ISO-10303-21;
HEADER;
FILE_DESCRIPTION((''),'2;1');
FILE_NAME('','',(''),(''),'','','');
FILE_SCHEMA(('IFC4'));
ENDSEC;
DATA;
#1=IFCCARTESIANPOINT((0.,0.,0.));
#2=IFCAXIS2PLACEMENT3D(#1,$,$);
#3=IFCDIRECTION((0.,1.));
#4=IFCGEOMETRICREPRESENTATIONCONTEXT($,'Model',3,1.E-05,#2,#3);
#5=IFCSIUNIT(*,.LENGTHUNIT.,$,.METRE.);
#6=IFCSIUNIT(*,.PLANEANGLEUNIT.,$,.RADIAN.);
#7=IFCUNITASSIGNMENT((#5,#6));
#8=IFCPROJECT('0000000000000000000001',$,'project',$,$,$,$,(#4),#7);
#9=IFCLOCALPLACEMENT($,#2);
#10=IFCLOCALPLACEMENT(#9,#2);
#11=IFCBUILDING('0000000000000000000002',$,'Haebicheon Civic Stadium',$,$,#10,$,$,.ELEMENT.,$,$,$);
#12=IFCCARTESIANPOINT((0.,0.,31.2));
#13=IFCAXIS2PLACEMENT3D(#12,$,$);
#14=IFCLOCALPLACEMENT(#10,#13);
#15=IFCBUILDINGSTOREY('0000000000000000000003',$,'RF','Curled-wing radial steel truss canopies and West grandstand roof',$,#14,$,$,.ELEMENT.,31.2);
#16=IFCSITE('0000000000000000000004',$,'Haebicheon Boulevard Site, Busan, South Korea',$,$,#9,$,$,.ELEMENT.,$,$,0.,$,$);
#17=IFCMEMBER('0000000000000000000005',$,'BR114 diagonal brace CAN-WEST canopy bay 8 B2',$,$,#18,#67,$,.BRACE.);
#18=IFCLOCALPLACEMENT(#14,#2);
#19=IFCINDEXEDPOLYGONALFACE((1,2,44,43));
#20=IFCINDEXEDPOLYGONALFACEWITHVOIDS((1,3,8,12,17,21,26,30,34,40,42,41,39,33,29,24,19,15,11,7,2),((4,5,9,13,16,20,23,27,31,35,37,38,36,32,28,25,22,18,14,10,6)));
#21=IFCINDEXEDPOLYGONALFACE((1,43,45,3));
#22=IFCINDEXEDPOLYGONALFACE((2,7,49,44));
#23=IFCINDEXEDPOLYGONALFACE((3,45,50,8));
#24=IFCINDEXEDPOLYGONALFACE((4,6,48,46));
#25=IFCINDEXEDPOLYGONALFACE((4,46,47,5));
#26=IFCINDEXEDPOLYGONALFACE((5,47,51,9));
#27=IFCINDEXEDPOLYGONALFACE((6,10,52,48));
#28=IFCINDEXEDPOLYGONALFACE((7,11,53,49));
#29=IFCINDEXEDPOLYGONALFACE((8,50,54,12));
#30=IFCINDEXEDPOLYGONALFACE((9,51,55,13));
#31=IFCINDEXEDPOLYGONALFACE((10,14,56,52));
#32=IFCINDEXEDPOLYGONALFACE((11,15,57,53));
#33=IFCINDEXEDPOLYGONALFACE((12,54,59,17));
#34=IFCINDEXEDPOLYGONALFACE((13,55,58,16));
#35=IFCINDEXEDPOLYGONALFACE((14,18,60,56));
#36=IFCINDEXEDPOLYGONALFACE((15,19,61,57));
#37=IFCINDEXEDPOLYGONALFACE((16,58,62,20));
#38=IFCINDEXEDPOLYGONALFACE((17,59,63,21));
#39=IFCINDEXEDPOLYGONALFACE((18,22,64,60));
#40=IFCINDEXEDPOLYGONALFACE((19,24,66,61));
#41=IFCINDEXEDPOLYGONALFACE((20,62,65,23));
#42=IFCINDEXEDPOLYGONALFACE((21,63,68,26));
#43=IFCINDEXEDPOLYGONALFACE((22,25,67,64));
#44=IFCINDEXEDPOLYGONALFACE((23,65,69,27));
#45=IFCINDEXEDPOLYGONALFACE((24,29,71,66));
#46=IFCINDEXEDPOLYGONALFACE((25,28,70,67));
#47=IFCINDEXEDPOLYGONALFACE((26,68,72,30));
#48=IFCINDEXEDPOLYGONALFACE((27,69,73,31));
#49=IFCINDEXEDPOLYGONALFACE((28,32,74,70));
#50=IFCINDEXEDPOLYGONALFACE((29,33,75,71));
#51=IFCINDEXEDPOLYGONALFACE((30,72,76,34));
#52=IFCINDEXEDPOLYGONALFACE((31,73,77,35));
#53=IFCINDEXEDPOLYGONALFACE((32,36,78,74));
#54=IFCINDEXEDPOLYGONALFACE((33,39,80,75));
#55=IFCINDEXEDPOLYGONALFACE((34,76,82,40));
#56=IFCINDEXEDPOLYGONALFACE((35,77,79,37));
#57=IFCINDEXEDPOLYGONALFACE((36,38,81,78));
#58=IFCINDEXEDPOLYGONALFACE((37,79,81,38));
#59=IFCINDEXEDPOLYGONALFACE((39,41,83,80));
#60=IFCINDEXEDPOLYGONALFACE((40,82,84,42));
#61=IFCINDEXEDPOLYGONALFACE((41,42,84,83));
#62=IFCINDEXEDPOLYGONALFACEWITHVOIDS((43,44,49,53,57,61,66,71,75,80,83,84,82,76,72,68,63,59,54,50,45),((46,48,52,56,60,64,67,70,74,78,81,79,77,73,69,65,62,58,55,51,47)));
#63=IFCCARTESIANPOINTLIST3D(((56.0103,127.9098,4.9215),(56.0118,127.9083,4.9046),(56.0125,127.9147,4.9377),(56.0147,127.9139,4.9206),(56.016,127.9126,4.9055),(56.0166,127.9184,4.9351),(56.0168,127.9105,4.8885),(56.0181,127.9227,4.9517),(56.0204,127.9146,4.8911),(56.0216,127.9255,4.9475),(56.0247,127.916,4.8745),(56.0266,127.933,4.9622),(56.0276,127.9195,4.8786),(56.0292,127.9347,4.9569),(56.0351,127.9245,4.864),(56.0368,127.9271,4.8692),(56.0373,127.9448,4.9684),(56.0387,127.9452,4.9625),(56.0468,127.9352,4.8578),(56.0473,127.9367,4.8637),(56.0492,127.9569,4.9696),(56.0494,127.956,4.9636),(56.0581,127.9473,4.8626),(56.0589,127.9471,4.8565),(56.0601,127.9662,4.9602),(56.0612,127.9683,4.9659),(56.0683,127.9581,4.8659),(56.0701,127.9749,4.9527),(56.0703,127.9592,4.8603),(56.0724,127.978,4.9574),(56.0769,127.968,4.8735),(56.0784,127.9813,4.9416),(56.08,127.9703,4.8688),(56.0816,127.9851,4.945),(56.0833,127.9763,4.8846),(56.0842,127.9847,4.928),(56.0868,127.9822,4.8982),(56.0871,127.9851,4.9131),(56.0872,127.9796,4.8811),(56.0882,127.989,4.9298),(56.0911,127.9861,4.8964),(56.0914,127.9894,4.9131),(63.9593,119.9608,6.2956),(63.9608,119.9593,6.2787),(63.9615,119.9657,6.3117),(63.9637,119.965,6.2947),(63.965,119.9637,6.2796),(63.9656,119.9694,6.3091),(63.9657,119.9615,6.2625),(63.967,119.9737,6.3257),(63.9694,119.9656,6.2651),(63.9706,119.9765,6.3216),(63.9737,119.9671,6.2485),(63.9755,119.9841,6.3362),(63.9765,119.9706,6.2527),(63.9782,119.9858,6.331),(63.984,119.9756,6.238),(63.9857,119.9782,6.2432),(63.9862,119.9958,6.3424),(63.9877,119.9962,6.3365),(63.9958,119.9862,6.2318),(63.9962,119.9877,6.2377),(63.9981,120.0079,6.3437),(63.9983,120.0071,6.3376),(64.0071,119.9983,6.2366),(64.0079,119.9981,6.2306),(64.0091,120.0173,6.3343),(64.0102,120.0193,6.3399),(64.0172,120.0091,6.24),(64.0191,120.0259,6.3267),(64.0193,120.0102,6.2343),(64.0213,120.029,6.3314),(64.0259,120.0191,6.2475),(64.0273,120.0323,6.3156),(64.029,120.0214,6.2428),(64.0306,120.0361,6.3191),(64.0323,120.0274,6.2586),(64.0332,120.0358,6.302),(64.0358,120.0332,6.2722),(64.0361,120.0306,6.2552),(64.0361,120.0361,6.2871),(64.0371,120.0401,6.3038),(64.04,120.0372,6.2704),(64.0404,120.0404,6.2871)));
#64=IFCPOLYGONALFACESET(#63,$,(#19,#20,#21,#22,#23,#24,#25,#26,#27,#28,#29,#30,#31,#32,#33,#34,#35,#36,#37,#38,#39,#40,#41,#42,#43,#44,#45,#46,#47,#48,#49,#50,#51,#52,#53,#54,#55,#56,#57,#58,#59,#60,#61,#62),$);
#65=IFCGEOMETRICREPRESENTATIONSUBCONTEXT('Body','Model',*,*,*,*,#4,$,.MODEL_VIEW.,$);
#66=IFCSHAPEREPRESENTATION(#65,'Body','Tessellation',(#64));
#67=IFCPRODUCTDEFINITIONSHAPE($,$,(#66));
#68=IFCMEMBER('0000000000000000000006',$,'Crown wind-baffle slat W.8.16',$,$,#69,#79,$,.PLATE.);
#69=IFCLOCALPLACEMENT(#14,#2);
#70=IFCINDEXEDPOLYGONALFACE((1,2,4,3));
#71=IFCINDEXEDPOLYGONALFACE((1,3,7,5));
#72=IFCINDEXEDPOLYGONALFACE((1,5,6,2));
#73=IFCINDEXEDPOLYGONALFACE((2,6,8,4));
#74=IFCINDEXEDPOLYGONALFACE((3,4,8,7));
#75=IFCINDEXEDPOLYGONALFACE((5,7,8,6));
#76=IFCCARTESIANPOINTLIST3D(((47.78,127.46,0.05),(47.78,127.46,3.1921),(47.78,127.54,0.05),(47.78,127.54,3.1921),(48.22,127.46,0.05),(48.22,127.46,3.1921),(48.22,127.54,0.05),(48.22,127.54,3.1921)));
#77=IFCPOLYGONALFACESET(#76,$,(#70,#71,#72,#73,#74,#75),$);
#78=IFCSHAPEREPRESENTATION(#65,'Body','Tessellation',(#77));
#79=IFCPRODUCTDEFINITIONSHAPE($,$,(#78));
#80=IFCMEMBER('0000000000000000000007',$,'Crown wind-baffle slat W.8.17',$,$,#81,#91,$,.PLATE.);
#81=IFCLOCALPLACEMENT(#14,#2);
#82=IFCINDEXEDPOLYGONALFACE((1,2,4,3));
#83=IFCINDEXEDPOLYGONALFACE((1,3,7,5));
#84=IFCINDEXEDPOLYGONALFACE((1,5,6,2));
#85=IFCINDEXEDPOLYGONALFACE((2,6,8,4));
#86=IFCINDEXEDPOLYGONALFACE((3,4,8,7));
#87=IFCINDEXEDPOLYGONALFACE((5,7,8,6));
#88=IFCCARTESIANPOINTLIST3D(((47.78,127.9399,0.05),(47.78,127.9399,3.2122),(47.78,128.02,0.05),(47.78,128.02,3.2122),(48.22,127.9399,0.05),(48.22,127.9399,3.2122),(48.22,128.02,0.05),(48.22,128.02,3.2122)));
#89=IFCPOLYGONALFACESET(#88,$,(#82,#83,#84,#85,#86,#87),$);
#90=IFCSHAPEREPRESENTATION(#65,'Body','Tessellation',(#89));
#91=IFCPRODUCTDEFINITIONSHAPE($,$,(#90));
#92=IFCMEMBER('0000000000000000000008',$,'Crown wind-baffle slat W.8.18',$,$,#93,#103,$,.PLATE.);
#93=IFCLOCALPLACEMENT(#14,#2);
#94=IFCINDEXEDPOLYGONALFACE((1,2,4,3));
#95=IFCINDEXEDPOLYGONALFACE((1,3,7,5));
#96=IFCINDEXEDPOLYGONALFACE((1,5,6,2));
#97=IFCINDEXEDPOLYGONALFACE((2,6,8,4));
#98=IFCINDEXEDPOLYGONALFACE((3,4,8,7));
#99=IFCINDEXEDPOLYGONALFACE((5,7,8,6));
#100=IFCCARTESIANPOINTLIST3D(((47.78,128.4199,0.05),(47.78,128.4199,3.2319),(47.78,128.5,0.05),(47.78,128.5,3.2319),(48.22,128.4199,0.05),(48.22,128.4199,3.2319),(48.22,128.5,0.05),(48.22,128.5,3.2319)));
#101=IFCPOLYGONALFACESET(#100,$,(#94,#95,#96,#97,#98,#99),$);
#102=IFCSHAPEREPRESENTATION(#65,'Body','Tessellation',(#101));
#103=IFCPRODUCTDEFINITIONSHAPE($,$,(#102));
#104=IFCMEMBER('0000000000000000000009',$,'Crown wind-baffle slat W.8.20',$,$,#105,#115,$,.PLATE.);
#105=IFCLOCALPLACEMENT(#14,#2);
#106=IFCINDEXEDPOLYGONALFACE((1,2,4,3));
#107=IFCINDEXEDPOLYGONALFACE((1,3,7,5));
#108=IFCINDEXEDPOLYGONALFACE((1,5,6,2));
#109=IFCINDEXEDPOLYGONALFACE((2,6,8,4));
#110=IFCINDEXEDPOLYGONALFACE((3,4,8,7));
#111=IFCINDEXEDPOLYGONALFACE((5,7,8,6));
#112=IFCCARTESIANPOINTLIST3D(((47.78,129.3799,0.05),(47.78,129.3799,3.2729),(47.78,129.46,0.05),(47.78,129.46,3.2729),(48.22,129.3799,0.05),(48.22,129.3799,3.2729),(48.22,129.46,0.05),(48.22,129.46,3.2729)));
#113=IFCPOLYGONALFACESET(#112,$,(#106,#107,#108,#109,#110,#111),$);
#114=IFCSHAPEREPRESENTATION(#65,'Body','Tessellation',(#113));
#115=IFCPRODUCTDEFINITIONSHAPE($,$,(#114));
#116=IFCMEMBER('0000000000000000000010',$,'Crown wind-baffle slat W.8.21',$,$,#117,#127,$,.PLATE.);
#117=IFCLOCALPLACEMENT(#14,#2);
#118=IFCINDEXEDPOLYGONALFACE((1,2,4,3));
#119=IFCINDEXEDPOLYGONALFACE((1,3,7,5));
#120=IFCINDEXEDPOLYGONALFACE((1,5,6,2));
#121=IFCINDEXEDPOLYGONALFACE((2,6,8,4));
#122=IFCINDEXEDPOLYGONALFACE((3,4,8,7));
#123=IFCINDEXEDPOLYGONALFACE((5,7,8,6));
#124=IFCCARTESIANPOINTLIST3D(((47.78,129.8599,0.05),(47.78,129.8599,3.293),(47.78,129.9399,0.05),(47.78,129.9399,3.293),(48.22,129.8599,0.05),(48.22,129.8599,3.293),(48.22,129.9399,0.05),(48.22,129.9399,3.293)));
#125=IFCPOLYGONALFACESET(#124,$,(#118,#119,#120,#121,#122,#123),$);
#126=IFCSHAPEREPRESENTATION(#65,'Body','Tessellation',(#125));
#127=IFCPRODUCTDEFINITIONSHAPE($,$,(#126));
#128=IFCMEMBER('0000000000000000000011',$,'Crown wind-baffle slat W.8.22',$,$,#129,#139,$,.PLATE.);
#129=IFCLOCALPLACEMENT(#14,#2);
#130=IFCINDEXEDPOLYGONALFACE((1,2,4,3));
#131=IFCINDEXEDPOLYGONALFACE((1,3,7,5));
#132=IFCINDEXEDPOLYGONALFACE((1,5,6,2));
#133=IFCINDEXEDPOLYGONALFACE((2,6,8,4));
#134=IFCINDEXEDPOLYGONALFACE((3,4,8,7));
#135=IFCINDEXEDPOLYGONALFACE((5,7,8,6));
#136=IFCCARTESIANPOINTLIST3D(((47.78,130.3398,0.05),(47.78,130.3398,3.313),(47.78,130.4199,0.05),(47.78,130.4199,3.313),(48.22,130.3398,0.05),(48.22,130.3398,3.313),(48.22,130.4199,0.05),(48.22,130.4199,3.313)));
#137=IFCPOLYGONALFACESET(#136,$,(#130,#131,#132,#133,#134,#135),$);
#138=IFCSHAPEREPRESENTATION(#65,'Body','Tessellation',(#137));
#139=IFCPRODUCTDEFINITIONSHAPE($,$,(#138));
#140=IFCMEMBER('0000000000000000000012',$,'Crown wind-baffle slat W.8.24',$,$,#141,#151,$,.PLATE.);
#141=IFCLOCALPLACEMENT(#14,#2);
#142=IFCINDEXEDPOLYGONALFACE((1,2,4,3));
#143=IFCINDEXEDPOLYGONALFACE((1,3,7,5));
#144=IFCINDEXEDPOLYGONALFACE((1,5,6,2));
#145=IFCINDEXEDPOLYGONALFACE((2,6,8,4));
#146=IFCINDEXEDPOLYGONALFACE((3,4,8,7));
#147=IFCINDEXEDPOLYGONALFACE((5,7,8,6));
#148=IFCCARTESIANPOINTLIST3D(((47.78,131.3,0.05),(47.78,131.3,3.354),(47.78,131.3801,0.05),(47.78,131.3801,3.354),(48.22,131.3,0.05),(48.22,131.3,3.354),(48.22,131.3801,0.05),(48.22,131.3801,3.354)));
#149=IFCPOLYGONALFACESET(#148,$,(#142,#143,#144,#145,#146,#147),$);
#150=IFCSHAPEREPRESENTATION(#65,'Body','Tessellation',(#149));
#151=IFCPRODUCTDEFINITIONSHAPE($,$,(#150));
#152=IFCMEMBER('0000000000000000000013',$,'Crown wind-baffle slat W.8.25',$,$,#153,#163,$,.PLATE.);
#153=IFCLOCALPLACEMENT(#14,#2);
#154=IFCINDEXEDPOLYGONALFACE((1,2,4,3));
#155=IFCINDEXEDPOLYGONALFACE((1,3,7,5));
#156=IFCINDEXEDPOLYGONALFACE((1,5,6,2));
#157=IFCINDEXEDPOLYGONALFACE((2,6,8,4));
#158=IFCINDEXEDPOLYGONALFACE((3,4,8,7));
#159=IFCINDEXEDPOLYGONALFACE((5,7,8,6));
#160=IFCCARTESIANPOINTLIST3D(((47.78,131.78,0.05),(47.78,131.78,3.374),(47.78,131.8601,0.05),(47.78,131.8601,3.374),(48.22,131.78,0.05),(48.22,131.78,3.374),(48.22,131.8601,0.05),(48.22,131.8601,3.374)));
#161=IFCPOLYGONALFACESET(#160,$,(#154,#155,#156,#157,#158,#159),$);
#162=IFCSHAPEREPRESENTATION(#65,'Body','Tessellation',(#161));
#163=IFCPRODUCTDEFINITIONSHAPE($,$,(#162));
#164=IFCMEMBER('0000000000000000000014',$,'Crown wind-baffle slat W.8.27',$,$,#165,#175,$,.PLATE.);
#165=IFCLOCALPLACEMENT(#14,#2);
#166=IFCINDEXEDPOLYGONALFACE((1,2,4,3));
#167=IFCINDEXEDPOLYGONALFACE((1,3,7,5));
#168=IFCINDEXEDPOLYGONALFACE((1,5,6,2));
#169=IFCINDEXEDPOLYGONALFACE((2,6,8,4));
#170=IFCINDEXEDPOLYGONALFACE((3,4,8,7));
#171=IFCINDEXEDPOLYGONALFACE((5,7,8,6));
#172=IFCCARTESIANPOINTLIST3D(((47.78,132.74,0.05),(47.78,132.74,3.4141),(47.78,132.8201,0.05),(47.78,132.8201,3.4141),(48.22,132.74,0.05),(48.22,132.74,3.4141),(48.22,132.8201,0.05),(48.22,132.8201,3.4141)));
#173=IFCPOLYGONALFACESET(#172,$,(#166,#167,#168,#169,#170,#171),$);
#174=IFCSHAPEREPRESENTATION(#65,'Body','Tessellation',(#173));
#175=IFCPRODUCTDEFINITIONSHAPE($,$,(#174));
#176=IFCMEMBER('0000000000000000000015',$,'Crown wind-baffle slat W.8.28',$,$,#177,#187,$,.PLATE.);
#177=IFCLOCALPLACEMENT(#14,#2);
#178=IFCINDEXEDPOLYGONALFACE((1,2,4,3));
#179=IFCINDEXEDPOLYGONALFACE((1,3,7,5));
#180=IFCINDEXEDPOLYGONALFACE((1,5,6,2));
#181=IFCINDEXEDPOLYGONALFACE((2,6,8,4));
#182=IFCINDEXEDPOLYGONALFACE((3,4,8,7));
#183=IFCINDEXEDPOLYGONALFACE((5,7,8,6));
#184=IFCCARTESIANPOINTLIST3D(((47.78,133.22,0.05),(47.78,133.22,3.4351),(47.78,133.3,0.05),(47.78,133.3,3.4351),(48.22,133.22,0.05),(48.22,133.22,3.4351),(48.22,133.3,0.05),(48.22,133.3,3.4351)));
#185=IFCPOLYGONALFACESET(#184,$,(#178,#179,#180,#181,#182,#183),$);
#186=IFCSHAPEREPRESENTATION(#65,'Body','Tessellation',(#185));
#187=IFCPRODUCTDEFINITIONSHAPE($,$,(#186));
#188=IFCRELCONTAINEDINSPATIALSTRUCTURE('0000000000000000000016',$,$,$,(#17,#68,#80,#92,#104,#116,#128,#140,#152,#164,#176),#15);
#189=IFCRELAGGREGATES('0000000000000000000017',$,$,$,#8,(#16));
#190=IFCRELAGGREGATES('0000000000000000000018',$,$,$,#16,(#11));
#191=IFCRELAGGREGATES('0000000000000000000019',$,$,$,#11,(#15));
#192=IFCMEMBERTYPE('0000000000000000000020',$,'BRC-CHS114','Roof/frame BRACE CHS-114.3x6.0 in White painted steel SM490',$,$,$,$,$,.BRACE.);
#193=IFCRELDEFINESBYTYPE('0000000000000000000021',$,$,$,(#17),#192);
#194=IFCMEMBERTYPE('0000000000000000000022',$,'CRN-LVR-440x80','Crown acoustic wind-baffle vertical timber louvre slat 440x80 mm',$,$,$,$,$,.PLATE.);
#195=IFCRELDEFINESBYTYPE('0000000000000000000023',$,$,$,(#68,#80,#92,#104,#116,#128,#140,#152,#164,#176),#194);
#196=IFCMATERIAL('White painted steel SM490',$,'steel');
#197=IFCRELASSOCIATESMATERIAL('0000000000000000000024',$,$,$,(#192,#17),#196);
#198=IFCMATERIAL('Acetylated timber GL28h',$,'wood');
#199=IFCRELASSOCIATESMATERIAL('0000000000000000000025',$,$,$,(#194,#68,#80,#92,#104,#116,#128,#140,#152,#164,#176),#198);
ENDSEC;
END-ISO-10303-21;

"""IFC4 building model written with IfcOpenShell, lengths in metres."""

from ifc_helpers import new_model, si_unit, direction, frame, origin, origin_2d, place, context, subcontext, project, spatial, rectangle, hollow_circle, extrude, material, material_profile, profile_set, type_object, element, save


model = new_model("IFC4")

# Units and contexts
model_context = context("Model", 3, precision=1e-05, world=origin(), true_north=direction((0.0, 1.0)))
body_context = subcontext(model_context, "Body", "Model", "MODEL_VIEW")
ifc_project = project(units=[si_unit("LENGTHUNIT", "METRE"), si_unit("PLANEANGLEUNIT", "RADIAN")], contexts=[model_context])

# Site, building, storey
site_placement = place(None, origin())
site = spatial("IfcSite", under=ifc_project, at=site_placement, Name="Haebicheon Boulevard Site, Busan, South Korea", CompositionType="ELEMENT", RefElevation=0.0)
building_placement = place(site_placement, origin())
building = spatial("IfcBuilding", under=site, at=building_placement, Name="Haebicheon Civic Stadium", CompositionType="ELEMENT")
storey_placement = place(building_placement, frame((0.0, 0.0, 31.2)))
storey = spatial("IfcBuildingStorey", under=building, at=storey_placement, Name="RF", Description="Curled-wing radial steel truss canopies and West grandstand roof", CompositionType="ELEMENT", Elevation=31.2)

# Members
ifc_material_1 = material(Name="White painted steel SM490", Category="steel")
ifc_material_profile_1 = material_profile(ifc_material_1, hollow_circle(Radius=0.0571, WallThickness=0.0061, at=origin_2d()), Name="CHS-114.3x6.0")
ifc_profile_set_1 = profile_set([ifc_material_profile_1], Name="White painted steel SM490")
member_type_1 = type_object("IfcMemberType", Name="BRC-CHS114", Description="Roof/frame BRACE CHS-114.3x6.0 in White painted steel SM490", PredefinedType="BRACE", material=ifc_profile_set_1)
member_1_placement = place(storey_placement, frame((56.051, 127.949, 4.9131), z_axis=(0.701883, -0.701883, 0.121324), x_axis=(0.707107, 0.707107, 0.0)))
element("IfcMember", 1, at=member_1_placement, inside=storey, type_object=member_type_1, material=ifc_profile_set_1, Name="BR114 diagonal brace CAN-WEST canopy bay 8 B2", PredefinedType="BRACE", context=body_context, shape_type="SweptSolid", body=[
    extrude(hollow_circle(Radius=0.0571, WallThickness=0.0061, at=origin_2d()), origin(), (0.0, 0.0, 1.0), 11.3252),
])
ifc_material_2 = material(Name="Acetylated timber GL28h", Category="wood")
ifc_material_profile_2 = material_profile(ifc_material_2, rectangle(XDim=0.0801, YDim=0.4399, at=origin_2d()), Name="TMB-LOUV-80x440")
ifc_profile_set_2 = profile_set([ifc_material_profile_2], Name="Acetylated timber GL28h")
member_type_2 = type_object("IfcMemberType", Name="CRN-LVR-440x80", Description="Crown acoustic wind-baffle vertical timber louvre slat 440x80 mm", PredefinedType="PLATE", material=ifc_profile_set_2)
member_2_placement = place(storey_placement, frame((48.0, 127.5, 0.05), z_axis=(0.0, 0.0, 1.0), x_axis=(0.0, 1.0, 0.0)))
element("IfcMember", 2, at=member_2_placement, inside=storey, type_object=member_type_2, material=ifc_profile_set_2, Name="Crown wind-baffle slat W.8.16", PredefinedType="PLATE", context=body_context, shape_type="SweptSolid", body=[
    extrude(rectangle(XDim=0.0801, YDim=0.4399, at=origin_2d()), origin(), (0.0, 0.0, 1.0), 3.1421),
])
member_3_placement = place(storey_placement, frame((48.0, 127.98, 0.05), z_axis=(0.0, 0.0, 1.0), x_axis=(0.0, 1.0, 0.0)))
element("IfcMember", 3, at=member_3_placement, inside=storey, type_object=member_type_2, material=ifc_profile_set_2, Name="Crown wind-baffle slat W.8.17", PredefinedType="PLATE", context=body_context, shape_type="SweptSolid", body=[
    extrude(rectangle(XDim=0.0801, YDim=0.4399, at=origin_2d()), origin(), (0.0, 0.0, 1.0), 3.1621),
])
member_4_placement = place(storey_placement, frame((48.0, 128.46, 0.05), z_axis=(0.0, 0.0, 1.0), x_axis=(0.0, 1.0, 0.0)))
element("IfcMember", 4, at=member_4_placement, inside=storey, type_object=member_type_2, material=ifc_profile_set_2, Name="Crown wind-baffle slat W.8.18", PredefinedType="PLATE", context=body_context, shape_type="SweptSolid", body=[
    extrude(rectangle(XDim=0.0801, YDim=0.4399, at=origin_2d()), origin(), (0.0, 0.0, 1.0), 3.1819),
])
member_5_placement = place(storey_placement, frame((48.0, 129.4199, 0.05), z_axis=(0.0, 0.0, 1.0), x_axis=(0.0, 1.0, 0.0)))
element("IfcMember", 5, at=member_5_placement, inside=storey, type_object=member_type_2, material=ifc_profile_set_2, Name="Crown wind-baffle slat W.8.20", PredefinedType="PLATE", context=body_context, shape_type="SweptSolid", body=[
    extrude(rectangle(XDim=0.0801, YDim=0.4399, at=origin_2d()), origin(), (0.0, 0.0, 1.0), 3.2229),
])
member_6_placement = place(storey_placement, frame((48.0, 129.8999, 0.05), z_axis=(0.0, 0.0, 1.0), x_axis=(0.0, 1.0, 0.0)))
element("IfcMember", 6, at=member_6_placement, inside=storey, type_object=member_type_2, material=ifc_profile_set_2, Name="Crown wind-baffle slat W.8.21", PredefinedType="PLATE", context=body_context, shape_type="SweptSolid", body=[
    extrude(rectangle(XDim=0.0801, YDim=0.4399, at=origin_2d()), origin(), (0.0, 0.0, 1.0), 3.2429),
])
member_7_placement = place(storey_placement, frame((48.0, 130.3799, 0.05), z_axis=(0.0, 0.0, 1.0), x_axis=(0.0, 1.0, 0.0)))
element("IfcMember", 7, at=member_7_placement, inside=storey, type_object=member_type_2, material=ifc_profile_set_2, Name="Crown wind-baffle slat W.8.22", PredefinedType="PLATE", context=body_context, shape_type="SweptSolid", body=[
    extrude(rectangle(XDim=0.0801, YDim=0.4399, at=origin_2d()), origin(), (0.0, 0.0, 1.0), 3.2629),
])
member_8_placement = place(storey_placement, frame((48.0, 131.3401, 0.05), z_axis=(0.0, 0.0, 1.0), x_axis=(0.0, 1.0, 0.0)))
element("IfcMember", 8, at=member_8_placement, inside=storey, type_object=member_type_2, material=ifc_profile_set_2, Name="Crown wind-baffle slat W.8.24", PredefinedType="PLATE", context=body_context, shape_type="SweptSolid", body=[
    extrude(rectangle(XDim=0.0801, YDim=0.4399, at=origin_2d()), origin(), (0.0, 0.0, 1.0), 3.304),
])
member_9_placement = place(storey_placement, frame((48.0, 131.8201, 0.05), z_axis=(0.0, 0.0, 1.0), x_axis=(0.0, 1.0, 0.0)))
element("IfcMember", 9, at=member_9_placement, inside=storey, type_object=member_type_2, material=ifc_profile_set_2, Name="Crown wind-baffle slat W.8.25", PredefinedType="PLATE", context=body_context, shape_type="SweptSolid", body=[
    extrude(rectangle(XDim=0.0801, YDim=0.4399, at=origin_2d()), origin(), (0.0, 0.0, 1.0), 3.324),
])
member_10_placement = place(storey_placement, frame((48.0, 132.78, 0.05), z_axis=(0.0, 0.0, 1.0), x_axis=(0.0, 1.0, 0.0)))
element("IfcMember", 10, at=member_10_placement, inside=storey, type_object=member_type_2, material=ifc_profile_set_2, Name="Crown wind-baffle slat W.8.27", PredefinedType="PLATE", context=body_context, shape_type="SweptSolid", body=[
    extrude(rectangle(XDim=0.0801, YDim=0.4399, at=origin_2d()), origin(), (0.0, 0.0, 1.0), 3.364),
])
member_11_placement = place(storey_placement, frame((48.0, 133.26, 0.05), z_axis=(0.0, 0.0, 1.0), x_axis=(0.0, 1.0, 0.0)))
element("IfcMember", 11, at=member_11_placement, inside=storey, type_object=member_type_2, material=ifc_profile_set_2, Name="Crown wind-baffle slat W.8.28", PredefinedType="PLATE", context=body_context, shape_type="SweptSolid", body=[
    extrude(rectangle(XDim=0.0801, YDim=0.4399, at=origin_2d()), origin(), (0.0, 0.0, 1.0), 3.385),
])

save(model, "model.ifc")
